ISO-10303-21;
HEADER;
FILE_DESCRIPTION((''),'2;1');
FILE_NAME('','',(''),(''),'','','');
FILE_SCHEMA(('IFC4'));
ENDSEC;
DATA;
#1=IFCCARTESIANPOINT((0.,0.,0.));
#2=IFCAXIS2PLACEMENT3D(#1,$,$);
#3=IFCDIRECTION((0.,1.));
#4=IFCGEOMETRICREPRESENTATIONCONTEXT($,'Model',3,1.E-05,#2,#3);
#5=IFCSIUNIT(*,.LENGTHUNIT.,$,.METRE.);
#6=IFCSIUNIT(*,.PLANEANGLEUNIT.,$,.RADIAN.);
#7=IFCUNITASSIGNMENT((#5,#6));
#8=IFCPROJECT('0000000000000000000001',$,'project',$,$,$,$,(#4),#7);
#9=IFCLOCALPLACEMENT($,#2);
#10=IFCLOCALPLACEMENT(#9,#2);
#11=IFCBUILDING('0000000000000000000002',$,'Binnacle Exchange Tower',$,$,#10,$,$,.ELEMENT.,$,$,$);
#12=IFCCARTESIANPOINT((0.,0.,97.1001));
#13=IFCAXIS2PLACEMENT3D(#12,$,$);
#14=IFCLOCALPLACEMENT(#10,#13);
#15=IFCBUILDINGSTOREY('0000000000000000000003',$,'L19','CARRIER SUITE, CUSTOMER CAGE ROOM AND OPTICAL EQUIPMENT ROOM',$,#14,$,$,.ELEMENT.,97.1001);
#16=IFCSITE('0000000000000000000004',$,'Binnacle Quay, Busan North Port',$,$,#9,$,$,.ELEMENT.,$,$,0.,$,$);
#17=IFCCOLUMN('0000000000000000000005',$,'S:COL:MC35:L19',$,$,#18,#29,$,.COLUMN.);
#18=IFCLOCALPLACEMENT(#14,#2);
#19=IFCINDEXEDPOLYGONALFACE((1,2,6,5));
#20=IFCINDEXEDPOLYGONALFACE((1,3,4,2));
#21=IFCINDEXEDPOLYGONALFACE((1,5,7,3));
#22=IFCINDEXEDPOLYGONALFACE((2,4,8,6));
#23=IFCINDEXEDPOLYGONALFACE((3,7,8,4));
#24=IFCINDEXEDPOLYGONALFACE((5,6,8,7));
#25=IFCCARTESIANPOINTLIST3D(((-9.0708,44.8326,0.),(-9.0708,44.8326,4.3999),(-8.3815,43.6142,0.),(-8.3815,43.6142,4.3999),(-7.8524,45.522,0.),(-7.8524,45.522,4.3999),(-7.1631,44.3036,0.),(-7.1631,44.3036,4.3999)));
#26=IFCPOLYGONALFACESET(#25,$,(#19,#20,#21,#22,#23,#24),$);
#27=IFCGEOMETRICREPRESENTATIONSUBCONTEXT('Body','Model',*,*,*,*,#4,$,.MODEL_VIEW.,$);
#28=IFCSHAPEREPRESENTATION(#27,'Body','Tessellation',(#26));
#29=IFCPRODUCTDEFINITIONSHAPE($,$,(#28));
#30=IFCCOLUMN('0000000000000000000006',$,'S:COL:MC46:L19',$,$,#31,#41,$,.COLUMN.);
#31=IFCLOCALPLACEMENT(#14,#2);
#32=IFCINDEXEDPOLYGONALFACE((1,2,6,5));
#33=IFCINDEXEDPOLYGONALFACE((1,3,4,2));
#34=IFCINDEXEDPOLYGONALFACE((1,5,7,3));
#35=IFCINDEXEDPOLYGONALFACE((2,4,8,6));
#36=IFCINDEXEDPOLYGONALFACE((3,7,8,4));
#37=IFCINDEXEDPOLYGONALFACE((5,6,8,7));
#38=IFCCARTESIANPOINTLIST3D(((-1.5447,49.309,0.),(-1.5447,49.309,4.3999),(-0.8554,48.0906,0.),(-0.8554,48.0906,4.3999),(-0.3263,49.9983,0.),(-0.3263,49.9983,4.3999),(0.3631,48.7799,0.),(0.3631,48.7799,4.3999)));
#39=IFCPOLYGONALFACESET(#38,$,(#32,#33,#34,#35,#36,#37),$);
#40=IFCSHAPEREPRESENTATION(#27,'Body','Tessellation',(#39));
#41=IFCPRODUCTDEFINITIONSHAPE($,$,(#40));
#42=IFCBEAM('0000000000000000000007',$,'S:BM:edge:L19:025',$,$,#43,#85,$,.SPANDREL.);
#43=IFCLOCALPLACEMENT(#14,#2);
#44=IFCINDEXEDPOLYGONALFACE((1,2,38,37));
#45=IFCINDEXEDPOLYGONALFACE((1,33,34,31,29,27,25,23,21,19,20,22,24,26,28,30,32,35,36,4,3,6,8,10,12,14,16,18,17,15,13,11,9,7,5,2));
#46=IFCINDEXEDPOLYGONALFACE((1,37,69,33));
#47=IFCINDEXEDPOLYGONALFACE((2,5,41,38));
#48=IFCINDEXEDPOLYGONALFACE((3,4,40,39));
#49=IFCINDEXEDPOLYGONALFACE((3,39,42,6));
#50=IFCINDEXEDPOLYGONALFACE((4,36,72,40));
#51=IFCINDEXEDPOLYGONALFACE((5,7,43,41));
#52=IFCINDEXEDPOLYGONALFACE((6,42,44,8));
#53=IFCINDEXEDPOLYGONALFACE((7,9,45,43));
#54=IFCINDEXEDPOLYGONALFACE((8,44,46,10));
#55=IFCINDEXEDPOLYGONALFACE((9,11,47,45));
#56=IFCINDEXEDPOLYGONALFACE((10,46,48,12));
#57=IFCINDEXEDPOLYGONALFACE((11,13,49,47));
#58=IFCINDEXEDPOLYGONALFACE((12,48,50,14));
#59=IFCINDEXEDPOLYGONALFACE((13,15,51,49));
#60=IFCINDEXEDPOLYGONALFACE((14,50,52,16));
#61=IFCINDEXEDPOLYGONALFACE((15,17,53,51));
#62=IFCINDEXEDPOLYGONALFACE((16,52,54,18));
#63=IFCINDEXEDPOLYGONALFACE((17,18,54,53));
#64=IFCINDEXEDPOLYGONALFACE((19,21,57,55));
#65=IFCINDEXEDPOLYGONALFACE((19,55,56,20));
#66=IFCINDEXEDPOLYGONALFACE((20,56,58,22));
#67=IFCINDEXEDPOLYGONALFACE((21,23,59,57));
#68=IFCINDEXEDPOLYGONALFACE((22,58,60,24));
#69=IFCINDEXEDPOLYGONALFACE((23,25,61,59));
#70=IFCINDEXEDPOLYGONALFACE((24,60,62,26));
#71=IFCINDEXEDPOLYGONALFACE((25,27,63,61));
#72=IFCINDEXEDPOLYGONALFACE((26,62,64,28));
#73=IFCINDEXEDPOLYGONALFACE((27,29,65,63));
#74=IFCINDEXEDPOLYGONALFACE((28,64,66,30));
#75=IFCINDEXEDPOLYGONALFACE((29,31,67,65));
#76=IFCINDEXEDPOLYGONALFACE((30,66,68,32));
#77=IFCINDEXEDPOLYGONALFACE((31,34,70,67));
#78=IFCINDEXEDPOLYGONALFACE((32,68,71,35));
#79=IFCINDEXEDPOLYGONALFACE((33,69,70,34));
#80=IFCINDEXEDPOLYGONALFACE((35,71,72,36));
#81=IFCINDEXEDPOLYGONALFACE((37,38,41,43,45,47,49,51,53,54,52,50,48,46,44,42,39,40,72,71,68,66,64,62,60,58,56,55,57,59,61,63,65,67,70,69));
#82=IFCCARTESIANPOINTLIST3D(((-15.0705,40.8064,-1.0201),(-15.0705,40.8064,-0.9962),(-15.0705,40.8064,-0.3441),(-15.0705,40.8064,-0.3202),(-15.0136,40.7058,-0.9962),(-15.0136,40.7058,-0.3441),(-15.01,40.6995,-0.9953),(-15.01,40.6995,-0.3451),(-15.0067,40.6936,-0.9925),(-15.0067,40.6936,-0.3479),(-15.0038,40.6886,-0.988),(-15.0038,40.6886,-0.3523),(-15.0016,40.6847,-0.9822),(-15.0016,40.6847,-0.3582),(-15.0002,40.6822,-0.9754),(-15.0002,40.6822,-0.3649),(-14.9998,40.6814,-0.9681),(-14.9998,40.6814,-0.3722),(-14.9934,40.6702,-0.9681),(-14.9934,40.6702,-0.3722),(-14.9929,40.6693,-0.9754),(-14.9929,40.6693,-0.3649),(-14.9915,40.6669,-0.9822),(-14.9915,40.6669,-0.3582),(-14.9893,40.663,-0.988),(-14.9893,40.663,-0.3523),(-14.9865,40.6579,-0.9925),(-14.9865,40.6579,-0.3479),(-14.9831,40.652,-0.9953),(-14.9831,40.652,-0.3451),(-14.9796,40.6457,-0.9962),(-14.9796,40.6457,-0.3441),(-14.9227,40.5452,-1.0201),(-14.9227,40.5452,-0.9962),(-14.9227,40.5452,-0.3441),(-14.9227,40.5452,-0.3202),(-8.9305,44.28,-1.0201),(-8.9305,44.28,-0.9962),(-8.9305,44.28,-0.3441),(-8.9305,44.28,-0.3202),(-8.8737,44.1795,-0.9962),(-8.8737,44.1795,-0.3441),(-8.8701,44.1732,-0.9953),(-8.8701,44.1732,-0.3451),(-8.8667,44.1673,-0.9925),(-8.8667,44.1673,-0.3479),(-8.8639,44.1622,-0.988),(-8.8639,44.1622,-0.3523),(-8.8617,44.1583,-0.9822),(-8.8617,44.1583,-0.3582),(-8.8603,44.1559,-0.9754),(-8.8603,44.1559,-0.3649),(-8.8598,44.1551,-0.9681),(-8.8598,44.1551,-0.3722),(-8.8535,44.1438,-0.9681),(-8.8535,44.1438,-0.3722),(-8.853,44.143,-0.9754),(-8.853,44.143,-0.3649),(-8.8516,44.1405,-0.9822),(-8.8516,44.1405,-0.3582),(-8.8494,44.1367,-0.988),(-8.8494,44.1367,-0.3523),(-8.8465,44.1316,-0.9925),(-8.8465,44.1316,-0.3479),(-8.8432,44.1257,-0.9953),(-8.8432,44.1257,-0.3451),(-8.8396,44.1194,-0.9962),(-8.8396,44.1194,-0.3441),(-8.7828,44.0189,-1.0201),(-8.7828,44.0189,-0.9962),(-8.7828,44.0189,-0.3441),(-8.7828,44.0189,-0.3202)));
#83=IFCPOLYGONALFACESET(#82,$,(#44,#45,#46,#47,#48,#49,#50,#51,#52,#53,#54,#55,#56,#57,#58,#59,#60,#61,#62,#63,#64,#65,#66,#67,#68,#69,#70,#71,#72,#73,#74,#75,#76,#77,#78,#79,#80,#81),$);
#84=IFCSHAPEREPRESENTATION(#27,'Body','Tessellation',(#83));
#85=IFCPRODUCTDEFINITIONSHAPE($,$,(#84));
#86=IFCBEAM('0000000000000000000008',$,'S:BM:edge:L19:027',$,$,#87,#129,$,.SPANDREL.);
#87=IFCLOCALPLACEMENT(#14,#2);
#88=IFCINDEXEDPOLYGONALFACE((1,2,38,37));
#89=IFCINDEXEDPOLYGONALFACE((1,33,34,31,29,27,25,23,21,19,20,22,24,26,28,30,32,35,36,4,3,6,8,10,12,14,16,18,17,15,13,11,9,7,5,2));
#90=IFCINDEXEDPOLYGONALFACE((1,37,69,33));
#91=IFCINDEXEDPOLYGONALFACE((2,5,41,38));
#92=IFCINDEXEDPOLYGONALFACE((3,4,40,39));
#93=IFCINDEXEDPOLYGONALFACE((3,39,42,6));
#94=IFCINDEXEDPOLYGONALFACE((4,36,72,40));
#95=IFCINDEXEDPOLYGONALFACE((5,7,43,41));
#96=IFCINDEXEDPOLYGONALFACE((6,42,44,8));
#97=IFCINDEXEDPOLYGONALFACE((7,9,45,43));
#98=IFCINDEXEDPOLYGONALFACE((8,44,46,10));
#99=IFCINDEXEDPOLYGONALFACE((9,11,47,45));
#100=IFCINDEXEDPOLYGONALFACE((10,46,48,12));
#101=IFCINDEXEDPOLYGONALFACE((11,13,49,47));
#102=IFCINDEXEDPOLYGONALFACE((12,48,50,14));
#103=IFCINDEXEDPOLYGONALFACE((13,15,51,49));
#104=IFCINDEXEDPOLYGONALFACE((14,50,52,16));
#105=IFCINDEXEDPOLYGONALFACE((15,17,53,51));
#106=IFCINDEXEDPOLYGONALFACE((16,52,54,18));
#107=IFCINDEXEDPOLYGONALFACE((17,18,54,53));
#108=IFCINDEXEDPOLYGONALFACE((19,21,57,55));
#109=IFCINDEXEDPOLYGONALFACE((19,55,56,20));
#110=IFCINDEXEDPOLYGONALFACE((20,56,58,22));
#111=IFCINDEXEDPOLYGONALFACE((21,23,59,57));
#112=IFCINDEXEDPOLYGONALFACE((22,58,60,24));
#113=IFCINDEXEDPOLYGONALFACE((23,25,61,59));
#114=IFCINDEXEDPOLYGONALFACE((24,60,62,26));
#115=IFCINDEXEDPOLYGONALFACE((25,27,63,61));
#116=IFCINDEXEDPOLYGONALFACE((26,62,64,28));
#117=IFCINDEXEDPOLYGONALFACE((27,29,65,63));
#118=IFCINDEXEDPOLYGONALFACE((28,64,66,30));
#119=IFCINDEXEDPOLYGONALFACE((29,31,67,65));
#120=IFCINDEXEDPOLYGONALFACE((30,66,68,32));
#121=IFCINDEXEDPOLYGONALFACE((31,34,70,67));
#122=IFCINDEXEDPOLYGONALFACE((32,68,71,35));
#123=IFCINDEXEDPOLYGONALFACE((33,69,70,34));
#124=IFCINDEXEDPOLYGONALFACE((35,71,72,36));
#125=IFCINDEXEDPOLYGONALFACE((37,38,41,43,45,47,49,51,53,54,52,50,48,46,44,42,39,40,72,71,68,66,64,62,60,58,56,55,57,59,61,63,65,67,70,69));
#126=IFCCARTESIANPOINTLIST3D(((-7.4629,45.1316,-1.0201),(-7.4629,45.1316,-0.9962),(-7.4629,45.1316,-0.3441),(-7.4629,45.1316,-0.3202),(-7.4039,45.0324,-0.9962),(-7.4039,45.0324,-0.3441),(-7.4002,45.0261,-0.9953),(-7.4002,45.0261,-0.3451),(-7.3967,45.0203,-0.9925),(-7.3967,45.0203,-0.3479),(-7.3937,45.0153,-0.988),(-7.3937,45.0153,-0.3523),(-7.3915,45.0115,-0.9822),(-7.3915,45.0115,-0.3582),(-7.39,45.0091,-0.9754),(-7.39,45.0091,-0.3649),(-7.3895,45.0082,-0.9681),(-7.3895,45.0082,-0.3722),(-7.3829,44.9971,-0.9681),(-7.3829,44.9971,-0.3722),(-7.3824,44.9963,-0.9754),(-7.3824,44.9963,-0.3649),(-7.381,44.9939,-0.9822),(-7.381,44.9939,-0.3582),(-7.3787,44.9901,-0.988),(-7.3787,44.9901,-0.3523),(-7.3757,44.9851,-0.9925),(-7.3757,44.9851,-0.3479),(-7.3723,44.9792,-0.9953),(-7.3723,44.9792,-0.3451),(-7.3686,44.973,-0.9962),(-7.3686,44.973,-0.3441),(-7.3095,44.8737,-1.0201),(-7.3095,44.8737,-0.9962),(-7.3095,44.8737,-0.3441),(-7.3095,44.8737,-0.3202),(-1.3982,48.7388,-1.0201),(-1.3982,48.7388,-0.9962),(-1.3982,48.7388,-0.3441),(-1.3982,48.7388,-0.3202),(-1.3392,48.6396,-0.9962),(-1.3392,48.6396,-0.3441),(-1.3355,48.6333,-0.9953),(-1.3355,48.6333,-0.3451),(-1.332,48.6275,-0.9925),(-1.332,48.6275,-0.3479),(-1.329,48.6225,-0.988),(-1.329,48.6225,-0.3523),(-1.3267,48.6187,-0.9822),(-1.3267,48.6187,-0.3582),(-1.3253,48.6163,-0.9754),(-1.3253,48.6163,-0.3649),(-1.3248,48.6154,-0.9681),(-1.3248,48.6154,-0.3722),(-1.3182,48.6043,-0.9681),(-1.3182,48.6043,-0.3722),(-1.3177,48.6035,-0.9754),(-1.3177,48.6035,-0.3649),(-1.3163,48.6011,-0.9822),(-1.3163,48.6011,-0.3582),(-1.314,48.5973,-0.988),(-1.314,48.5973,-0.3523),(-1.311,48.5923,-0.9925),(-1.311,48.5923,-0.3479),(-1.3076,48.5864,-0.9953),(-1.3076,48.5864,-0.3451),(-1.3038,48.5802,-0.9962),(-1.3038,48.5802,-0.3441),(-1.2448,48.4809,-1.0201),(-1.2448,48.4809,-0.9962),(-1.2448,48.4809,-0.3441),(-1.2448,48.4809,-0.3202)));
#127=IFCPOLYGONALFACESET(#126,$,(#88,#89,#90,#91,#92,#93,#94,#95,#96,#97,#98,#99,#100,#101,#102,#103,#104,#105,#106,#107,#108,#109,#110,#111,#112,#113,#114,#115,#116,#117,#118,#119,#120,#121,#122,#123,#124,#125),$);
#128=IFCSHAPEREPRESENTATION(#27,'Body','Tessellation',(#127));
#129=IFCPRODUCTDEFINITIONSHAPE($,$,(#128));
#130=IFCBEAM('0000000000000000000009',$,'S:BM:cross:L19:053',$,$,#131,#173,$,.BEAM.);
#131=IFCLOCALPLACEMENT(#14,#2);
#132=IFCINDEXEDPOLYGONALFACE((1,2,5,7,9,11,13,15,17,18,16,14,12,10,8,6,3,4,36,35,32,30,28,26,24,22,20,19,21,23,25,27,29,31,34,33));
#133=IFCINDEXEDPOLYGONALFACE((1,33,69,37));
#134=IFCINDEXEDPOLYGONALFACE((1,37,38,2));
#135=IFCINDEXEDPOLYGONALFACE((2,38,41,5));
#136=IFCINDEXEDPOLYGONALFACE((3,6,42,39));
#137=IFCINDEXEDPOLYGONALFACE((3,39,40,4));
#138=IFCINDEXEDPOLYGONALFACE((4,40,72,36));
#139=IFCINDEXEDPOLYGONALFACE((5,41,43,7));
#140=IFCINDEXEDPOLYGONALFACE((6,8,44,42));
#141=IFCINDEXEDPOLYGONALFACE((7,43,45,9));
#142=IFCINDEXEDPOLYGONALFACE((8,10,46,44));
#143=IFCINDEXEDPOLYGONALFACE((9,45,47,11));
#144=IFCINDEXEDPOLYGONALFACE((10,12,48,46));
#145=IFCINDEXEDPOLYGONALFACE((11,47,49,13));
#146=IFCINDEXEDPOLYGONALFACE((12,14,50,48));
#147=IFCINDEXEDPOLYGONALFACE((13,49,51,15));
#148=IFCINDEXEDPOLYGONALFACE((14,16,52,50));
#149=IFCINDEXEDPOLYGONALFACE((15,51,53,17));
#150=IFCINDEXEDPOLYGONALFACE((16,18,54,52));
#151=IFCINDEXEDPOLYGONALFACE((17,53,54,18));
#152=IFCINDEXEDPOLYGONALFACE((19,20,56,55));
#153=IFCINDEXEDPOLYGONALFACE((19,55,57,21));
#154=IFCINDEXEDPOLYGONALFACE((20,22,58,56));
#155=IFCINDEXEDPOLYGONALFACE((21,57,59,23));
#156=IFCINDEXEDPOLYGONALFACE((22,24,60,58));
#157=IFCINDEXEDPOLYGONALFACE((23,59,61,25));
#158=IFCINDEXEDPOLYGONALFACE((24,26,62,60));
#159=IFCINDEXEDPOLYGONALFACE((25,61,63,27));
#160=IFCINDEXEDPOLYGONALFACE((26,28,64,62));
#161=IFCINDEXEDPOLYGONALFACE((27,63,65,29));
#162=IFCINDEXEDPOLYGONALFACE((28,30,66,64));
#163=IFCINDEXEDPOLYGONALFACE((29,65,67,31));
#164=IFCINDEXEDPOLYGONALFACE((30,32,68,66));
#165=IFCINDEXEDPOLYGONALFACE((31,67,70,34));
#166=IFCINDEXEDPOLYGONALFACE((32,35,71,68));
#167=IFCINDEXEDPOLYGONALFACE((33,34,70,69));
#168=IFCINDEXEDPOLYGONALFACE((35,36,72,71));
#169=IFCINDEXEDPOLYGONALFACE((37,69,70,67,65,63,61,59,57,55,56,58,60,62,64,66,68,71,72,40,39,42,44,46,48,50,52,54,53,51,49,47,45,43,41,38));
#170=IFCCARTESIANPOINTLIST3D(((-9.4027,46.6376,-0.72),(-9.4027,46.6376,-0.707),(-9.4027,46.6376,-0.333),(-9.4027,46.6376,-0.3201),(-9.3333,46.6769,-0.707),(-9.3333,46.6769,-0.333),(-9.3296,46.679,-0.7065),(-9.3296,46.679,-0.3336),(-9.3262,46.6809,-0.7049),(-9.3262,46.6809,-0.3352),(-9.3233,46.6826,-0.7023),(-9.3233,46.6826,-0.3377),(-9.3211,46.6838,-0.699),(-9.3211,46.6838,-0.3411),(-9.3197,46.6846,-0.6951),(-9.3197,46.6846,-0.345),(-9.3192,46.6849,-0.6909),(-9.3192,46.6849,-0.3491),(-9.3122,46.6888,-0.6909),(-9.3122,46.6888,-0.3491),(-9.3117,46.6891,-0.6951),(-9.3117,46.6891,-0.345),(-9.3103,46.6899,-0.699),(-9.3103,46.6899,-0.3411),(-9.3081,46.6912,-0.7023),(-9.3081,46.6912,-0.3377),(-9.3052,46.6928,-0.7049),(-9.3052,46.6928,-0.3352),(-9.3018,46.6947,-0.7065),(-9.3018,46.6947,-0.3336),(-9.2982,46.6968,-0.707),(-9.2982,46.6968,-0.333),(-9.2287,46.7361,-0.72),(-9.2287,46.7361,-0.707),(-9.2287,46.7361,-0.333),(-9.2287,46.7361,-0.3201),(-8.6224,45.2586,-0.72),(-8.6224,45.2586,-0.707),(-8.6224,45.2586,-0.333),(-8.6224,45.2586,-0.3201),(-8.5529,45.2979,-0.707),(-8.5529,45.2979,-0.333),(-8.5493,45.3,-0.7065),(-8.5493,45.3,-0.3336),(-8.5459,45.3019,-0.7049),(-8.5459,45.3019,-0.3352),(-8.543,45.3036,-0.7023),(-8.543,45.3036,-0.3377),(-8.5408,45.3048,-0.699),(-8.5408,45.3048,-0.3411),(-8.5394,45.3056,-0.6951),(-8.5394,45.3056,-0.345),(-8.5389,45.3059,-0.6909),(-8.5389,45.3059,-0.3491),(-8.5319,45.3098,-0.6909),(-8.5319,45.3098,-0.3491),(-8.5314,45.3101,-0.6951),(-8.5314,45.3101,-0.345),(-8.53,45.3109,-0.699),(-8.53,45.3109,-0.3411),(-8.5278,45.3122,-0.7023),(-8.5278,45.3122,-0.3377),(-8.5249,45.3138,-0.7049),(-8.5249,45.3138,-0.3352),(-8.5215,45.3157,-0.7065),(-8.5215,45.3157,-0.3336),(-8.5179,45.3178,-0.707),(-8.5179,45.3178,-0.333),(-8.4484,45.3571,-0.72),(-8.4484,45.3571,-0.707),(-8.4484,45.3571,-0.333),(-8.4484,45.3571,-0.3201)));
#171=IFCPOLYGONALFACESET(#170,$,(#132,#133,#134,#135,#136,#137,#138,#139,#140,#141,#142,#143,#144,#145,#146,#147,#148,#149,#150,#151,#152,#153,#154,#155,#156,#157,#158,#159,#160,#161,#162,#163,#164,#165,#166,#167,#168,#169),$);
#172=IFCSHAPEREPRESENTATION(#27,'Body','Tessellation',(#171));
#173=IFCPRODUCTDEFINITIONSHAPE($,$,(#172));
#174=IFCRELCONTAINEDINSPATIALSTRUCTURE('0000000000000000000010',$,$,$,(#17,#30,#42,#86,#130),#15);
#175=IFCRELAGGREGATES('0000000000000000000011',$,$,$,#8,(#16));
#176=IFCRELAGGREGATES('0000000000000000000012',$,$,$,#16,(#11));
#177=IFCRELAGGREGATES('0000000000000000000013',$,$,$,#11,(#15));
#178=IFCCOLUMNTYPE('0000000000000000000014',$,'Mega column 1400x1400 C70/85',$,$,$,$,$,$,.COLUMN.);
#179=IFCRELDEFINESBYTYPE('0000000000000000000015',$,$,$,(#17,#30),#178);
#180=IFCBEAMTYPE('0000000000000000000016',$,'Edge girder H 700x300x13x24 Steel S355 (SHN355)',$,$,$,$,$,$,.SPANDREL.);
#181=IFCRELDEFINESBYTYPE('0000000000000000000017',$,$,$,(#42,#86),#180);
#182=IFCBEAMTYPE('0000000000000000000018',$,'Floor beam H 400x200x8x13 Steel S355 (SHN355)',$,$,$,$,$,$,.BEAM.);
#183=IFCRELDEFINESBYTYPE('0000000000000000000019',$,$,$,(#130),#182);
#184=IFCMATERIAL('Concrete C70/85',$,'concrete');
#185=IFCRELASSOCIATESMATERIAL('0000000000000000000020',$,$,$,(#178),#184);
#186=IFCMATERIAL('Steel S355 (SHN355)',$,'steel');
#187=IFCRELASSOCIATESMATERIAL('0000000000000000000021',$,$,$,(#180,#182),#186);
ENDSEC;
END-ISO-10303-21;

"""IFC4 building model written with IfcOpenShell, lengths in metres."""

from ifc_helpers import new_model, si_unit, direction, frame, origin, origin_2d, place, context, subcontext, project, spatial, rectangle, i_section, extrude, material, material_profile, profile_set, type_object, element, save


model = new_model("IFC4")

# Units and contexts
model_context = context("Model", 3, precision=1e-05, world=origin(), true_north=direction((0.0, 1.0)))
body_context = subcontext(model_context, "Body", "Model", "MODEL_VIEW")
ifc_project = project(units=[si_unit("LENGTHUNIT", "METRE"), si_unit("PLANEANGLEUNIT", "RADIAN")], contexts=[model_context])

# Site, building, storey
site_placement = place(None, origin())
site = spatial("IfcSite", under=ifc_project, at=site_placement, Name="Binnacle Quay, Busan North Port", CompositionType="ELEMENT", RefElevation=0.0)
building_placement = place(site_placement, origin())
building = spatial("IfcBuilding", under=site, at=building_placement, Name="Binnacle Exchange Tower", CompositionType="ELEMENT")
storey_placement = place(building_placement, frame((0.0, 0.0, 97.1001)))
storey = spatial("IfcBuildingStorey", under=building, at=storey_placement, Name="L19", Description="CARRIER SUITE, CUSTOMER CAGE ROOM AND OPTICAL EQUIPMENT ROOM", CompositionType="ELEMENT", Elevation=97.1001)

# Columns
ifc_material_1 = material(Name="Concrete C70/85", Category="concrete")
ifc_material_profile_1 = material_profile(ifc_material_1, rectangle(XDim=1.3999, YDim=1.3999, at=origin_2d()), Name="Mega column 1400x1400 C70/85")
ifc_profile_set_1 = profile_set([ifc_material_profile_1], Name="Concrete C70/85")
column_type = type_object("IfcColumnType", Name="Mega column 1400x1400 C70/85", PredefinedType="COLUMN", material=ifc_profile_set_1)
for number, where, z_axis, x_axis, name in (
    (1, (-8.1169, 44.5681, 0.0), (0.0, 0.0, 1.0), (0.870356, 0.492424, 0.0), "S:COL:MC35:L19"),
    (2, (-0.5908, 49.0444, 0.0), (0.0, 0.0, 1.0), (0.870356, 0.492424, 0.0), "S:COL:MC46:L19"),
):
    element("IfcColumn", number, at=place(storey_placement, frame(where, z_axis=z_axis, x_axis=x_axis)), inside=storey, type_object=column_type, Name=name, PredefinedType="COLUMN", context=body_context, shape_type="SweptSolid", body=[
        extrude(rectangle(XDim=1.3999, YDim=1.3999, at=origin_2d()), origin(), (0.0, 0.0, 1.0), 4.3999),
    ])

# Beams
ifc_material_2 = material(Name="Steel S355 (SHN355)", Category="steel")
ifc_material_profile_2 = material_profile(ifc_material_2, i_section(OverallWidth=0.3, OverallDepth=0.7, WebThickness=0.0129, FlangeThickness=0.0239, FilletRadius=0.0281, at=origin_2d()), Name="H 700x300x13x24")
ifc_profile_set_2 = profile_set([ifc_material_profile_2], Name="Steel S355 (SHN355)")
beam_type_1 = type_object("IfcBeamType", Name="Edge girder H 700x300x13x24 Steel S355 (SHN355)", PredefinedType="SPANDREL", material=ifc_profile_set_2)
beam_1_placement = place(storey_placement, frame((-14.9966, 40.6758, -0.6702), z_axis=(0.870365, 0.492407, 0.0), x_axis=(-0.492407, 0.870365, 0.0)))
element("IfcBeam", 3, at=beam_1_placement, inside=storey, type_object=beam_type_1, Name="S:BM:edge:L19:025", PredefinedType="SPANDREL", context=body_context, shape_type="SweptSolid", body=[
    extrude(i_section(OverallWidth=0.3, OverallDepth=0.7, WebThickness=0.0129, FlangeThickness=0.0239, FilletRadius=0.0281, at=origin_2d()), origin(), (0.0, 0.0, 1.0), 7.0544),
])
beam_2_placement = place(storey_placement, frame((-7.3862, 45.0027, -0.6702), z_axis=(0.859465, 0.511195, 0.0), x_axis=(-0.511195, 0.859465, 0.0)))
element("IfcBeam", 4, at=beam_2_placement, inside=storey, type_object=beam_type_1, Name="S:BM:edge:L19:027", PredefinedType="SPANDREL", context=body_context, shape_type="SweptSolid", body=[
    extrude(i_section(OverallWidth=0.3, OverallDepth=0.7, WebThickness=0.0129, FlangeThickness=0.0239, FilletRadius=0.0281, at=origin_2d()), origin(), (0.0, 0.0, 1.0), 7.0564),
])
ifc_material_profile_3 = material_profile(ifc_material_2, i_section(OverallWidth=0.2, OverallDepth=0.3999, WebThickness=0.0081, FlangeThickness=0.0129, FilletRadius=0.0161, at=origin_2d()), Name="H 400x200x8x13")
ifc_profile_set_3 = profile_set([ifc_material_profile_3], Name="Steel S355 (SHN355)")
beam_type_2 = type_object("IfcBeamType", Name="Floor beam H 400x200x8x13 Steel S355 (SHN355)", PredefinedType="BEAM", material=ifc_profile_set_3)
beam_3_placement = place(storey_placement, frame((-8.5354, 45.3079, -0.52), z_axis=(-0.492484, 0.870322, 0.0), x_axis=(-0.870322, -0.492484, 0.0)))
element("IfcBeam", 5, at=beam_3_placement, inside=storey, type_object=beam_type_2, Name="S:BM:cross:L19:053", PredefinedType="BEAM", context=body_context, shape_type="SweptSolid", body=[
    extrude(i_section(OverallWidth=0.2, OverallDepth=0.3999, WebThickness=0.0081, FlangeThickness=0.0129, FilletRadius=0.0161, at=origin_2d()), origin(), (0.0, 0.0, 1.0), 1.5845),
])

save(model, "model.ifc")
